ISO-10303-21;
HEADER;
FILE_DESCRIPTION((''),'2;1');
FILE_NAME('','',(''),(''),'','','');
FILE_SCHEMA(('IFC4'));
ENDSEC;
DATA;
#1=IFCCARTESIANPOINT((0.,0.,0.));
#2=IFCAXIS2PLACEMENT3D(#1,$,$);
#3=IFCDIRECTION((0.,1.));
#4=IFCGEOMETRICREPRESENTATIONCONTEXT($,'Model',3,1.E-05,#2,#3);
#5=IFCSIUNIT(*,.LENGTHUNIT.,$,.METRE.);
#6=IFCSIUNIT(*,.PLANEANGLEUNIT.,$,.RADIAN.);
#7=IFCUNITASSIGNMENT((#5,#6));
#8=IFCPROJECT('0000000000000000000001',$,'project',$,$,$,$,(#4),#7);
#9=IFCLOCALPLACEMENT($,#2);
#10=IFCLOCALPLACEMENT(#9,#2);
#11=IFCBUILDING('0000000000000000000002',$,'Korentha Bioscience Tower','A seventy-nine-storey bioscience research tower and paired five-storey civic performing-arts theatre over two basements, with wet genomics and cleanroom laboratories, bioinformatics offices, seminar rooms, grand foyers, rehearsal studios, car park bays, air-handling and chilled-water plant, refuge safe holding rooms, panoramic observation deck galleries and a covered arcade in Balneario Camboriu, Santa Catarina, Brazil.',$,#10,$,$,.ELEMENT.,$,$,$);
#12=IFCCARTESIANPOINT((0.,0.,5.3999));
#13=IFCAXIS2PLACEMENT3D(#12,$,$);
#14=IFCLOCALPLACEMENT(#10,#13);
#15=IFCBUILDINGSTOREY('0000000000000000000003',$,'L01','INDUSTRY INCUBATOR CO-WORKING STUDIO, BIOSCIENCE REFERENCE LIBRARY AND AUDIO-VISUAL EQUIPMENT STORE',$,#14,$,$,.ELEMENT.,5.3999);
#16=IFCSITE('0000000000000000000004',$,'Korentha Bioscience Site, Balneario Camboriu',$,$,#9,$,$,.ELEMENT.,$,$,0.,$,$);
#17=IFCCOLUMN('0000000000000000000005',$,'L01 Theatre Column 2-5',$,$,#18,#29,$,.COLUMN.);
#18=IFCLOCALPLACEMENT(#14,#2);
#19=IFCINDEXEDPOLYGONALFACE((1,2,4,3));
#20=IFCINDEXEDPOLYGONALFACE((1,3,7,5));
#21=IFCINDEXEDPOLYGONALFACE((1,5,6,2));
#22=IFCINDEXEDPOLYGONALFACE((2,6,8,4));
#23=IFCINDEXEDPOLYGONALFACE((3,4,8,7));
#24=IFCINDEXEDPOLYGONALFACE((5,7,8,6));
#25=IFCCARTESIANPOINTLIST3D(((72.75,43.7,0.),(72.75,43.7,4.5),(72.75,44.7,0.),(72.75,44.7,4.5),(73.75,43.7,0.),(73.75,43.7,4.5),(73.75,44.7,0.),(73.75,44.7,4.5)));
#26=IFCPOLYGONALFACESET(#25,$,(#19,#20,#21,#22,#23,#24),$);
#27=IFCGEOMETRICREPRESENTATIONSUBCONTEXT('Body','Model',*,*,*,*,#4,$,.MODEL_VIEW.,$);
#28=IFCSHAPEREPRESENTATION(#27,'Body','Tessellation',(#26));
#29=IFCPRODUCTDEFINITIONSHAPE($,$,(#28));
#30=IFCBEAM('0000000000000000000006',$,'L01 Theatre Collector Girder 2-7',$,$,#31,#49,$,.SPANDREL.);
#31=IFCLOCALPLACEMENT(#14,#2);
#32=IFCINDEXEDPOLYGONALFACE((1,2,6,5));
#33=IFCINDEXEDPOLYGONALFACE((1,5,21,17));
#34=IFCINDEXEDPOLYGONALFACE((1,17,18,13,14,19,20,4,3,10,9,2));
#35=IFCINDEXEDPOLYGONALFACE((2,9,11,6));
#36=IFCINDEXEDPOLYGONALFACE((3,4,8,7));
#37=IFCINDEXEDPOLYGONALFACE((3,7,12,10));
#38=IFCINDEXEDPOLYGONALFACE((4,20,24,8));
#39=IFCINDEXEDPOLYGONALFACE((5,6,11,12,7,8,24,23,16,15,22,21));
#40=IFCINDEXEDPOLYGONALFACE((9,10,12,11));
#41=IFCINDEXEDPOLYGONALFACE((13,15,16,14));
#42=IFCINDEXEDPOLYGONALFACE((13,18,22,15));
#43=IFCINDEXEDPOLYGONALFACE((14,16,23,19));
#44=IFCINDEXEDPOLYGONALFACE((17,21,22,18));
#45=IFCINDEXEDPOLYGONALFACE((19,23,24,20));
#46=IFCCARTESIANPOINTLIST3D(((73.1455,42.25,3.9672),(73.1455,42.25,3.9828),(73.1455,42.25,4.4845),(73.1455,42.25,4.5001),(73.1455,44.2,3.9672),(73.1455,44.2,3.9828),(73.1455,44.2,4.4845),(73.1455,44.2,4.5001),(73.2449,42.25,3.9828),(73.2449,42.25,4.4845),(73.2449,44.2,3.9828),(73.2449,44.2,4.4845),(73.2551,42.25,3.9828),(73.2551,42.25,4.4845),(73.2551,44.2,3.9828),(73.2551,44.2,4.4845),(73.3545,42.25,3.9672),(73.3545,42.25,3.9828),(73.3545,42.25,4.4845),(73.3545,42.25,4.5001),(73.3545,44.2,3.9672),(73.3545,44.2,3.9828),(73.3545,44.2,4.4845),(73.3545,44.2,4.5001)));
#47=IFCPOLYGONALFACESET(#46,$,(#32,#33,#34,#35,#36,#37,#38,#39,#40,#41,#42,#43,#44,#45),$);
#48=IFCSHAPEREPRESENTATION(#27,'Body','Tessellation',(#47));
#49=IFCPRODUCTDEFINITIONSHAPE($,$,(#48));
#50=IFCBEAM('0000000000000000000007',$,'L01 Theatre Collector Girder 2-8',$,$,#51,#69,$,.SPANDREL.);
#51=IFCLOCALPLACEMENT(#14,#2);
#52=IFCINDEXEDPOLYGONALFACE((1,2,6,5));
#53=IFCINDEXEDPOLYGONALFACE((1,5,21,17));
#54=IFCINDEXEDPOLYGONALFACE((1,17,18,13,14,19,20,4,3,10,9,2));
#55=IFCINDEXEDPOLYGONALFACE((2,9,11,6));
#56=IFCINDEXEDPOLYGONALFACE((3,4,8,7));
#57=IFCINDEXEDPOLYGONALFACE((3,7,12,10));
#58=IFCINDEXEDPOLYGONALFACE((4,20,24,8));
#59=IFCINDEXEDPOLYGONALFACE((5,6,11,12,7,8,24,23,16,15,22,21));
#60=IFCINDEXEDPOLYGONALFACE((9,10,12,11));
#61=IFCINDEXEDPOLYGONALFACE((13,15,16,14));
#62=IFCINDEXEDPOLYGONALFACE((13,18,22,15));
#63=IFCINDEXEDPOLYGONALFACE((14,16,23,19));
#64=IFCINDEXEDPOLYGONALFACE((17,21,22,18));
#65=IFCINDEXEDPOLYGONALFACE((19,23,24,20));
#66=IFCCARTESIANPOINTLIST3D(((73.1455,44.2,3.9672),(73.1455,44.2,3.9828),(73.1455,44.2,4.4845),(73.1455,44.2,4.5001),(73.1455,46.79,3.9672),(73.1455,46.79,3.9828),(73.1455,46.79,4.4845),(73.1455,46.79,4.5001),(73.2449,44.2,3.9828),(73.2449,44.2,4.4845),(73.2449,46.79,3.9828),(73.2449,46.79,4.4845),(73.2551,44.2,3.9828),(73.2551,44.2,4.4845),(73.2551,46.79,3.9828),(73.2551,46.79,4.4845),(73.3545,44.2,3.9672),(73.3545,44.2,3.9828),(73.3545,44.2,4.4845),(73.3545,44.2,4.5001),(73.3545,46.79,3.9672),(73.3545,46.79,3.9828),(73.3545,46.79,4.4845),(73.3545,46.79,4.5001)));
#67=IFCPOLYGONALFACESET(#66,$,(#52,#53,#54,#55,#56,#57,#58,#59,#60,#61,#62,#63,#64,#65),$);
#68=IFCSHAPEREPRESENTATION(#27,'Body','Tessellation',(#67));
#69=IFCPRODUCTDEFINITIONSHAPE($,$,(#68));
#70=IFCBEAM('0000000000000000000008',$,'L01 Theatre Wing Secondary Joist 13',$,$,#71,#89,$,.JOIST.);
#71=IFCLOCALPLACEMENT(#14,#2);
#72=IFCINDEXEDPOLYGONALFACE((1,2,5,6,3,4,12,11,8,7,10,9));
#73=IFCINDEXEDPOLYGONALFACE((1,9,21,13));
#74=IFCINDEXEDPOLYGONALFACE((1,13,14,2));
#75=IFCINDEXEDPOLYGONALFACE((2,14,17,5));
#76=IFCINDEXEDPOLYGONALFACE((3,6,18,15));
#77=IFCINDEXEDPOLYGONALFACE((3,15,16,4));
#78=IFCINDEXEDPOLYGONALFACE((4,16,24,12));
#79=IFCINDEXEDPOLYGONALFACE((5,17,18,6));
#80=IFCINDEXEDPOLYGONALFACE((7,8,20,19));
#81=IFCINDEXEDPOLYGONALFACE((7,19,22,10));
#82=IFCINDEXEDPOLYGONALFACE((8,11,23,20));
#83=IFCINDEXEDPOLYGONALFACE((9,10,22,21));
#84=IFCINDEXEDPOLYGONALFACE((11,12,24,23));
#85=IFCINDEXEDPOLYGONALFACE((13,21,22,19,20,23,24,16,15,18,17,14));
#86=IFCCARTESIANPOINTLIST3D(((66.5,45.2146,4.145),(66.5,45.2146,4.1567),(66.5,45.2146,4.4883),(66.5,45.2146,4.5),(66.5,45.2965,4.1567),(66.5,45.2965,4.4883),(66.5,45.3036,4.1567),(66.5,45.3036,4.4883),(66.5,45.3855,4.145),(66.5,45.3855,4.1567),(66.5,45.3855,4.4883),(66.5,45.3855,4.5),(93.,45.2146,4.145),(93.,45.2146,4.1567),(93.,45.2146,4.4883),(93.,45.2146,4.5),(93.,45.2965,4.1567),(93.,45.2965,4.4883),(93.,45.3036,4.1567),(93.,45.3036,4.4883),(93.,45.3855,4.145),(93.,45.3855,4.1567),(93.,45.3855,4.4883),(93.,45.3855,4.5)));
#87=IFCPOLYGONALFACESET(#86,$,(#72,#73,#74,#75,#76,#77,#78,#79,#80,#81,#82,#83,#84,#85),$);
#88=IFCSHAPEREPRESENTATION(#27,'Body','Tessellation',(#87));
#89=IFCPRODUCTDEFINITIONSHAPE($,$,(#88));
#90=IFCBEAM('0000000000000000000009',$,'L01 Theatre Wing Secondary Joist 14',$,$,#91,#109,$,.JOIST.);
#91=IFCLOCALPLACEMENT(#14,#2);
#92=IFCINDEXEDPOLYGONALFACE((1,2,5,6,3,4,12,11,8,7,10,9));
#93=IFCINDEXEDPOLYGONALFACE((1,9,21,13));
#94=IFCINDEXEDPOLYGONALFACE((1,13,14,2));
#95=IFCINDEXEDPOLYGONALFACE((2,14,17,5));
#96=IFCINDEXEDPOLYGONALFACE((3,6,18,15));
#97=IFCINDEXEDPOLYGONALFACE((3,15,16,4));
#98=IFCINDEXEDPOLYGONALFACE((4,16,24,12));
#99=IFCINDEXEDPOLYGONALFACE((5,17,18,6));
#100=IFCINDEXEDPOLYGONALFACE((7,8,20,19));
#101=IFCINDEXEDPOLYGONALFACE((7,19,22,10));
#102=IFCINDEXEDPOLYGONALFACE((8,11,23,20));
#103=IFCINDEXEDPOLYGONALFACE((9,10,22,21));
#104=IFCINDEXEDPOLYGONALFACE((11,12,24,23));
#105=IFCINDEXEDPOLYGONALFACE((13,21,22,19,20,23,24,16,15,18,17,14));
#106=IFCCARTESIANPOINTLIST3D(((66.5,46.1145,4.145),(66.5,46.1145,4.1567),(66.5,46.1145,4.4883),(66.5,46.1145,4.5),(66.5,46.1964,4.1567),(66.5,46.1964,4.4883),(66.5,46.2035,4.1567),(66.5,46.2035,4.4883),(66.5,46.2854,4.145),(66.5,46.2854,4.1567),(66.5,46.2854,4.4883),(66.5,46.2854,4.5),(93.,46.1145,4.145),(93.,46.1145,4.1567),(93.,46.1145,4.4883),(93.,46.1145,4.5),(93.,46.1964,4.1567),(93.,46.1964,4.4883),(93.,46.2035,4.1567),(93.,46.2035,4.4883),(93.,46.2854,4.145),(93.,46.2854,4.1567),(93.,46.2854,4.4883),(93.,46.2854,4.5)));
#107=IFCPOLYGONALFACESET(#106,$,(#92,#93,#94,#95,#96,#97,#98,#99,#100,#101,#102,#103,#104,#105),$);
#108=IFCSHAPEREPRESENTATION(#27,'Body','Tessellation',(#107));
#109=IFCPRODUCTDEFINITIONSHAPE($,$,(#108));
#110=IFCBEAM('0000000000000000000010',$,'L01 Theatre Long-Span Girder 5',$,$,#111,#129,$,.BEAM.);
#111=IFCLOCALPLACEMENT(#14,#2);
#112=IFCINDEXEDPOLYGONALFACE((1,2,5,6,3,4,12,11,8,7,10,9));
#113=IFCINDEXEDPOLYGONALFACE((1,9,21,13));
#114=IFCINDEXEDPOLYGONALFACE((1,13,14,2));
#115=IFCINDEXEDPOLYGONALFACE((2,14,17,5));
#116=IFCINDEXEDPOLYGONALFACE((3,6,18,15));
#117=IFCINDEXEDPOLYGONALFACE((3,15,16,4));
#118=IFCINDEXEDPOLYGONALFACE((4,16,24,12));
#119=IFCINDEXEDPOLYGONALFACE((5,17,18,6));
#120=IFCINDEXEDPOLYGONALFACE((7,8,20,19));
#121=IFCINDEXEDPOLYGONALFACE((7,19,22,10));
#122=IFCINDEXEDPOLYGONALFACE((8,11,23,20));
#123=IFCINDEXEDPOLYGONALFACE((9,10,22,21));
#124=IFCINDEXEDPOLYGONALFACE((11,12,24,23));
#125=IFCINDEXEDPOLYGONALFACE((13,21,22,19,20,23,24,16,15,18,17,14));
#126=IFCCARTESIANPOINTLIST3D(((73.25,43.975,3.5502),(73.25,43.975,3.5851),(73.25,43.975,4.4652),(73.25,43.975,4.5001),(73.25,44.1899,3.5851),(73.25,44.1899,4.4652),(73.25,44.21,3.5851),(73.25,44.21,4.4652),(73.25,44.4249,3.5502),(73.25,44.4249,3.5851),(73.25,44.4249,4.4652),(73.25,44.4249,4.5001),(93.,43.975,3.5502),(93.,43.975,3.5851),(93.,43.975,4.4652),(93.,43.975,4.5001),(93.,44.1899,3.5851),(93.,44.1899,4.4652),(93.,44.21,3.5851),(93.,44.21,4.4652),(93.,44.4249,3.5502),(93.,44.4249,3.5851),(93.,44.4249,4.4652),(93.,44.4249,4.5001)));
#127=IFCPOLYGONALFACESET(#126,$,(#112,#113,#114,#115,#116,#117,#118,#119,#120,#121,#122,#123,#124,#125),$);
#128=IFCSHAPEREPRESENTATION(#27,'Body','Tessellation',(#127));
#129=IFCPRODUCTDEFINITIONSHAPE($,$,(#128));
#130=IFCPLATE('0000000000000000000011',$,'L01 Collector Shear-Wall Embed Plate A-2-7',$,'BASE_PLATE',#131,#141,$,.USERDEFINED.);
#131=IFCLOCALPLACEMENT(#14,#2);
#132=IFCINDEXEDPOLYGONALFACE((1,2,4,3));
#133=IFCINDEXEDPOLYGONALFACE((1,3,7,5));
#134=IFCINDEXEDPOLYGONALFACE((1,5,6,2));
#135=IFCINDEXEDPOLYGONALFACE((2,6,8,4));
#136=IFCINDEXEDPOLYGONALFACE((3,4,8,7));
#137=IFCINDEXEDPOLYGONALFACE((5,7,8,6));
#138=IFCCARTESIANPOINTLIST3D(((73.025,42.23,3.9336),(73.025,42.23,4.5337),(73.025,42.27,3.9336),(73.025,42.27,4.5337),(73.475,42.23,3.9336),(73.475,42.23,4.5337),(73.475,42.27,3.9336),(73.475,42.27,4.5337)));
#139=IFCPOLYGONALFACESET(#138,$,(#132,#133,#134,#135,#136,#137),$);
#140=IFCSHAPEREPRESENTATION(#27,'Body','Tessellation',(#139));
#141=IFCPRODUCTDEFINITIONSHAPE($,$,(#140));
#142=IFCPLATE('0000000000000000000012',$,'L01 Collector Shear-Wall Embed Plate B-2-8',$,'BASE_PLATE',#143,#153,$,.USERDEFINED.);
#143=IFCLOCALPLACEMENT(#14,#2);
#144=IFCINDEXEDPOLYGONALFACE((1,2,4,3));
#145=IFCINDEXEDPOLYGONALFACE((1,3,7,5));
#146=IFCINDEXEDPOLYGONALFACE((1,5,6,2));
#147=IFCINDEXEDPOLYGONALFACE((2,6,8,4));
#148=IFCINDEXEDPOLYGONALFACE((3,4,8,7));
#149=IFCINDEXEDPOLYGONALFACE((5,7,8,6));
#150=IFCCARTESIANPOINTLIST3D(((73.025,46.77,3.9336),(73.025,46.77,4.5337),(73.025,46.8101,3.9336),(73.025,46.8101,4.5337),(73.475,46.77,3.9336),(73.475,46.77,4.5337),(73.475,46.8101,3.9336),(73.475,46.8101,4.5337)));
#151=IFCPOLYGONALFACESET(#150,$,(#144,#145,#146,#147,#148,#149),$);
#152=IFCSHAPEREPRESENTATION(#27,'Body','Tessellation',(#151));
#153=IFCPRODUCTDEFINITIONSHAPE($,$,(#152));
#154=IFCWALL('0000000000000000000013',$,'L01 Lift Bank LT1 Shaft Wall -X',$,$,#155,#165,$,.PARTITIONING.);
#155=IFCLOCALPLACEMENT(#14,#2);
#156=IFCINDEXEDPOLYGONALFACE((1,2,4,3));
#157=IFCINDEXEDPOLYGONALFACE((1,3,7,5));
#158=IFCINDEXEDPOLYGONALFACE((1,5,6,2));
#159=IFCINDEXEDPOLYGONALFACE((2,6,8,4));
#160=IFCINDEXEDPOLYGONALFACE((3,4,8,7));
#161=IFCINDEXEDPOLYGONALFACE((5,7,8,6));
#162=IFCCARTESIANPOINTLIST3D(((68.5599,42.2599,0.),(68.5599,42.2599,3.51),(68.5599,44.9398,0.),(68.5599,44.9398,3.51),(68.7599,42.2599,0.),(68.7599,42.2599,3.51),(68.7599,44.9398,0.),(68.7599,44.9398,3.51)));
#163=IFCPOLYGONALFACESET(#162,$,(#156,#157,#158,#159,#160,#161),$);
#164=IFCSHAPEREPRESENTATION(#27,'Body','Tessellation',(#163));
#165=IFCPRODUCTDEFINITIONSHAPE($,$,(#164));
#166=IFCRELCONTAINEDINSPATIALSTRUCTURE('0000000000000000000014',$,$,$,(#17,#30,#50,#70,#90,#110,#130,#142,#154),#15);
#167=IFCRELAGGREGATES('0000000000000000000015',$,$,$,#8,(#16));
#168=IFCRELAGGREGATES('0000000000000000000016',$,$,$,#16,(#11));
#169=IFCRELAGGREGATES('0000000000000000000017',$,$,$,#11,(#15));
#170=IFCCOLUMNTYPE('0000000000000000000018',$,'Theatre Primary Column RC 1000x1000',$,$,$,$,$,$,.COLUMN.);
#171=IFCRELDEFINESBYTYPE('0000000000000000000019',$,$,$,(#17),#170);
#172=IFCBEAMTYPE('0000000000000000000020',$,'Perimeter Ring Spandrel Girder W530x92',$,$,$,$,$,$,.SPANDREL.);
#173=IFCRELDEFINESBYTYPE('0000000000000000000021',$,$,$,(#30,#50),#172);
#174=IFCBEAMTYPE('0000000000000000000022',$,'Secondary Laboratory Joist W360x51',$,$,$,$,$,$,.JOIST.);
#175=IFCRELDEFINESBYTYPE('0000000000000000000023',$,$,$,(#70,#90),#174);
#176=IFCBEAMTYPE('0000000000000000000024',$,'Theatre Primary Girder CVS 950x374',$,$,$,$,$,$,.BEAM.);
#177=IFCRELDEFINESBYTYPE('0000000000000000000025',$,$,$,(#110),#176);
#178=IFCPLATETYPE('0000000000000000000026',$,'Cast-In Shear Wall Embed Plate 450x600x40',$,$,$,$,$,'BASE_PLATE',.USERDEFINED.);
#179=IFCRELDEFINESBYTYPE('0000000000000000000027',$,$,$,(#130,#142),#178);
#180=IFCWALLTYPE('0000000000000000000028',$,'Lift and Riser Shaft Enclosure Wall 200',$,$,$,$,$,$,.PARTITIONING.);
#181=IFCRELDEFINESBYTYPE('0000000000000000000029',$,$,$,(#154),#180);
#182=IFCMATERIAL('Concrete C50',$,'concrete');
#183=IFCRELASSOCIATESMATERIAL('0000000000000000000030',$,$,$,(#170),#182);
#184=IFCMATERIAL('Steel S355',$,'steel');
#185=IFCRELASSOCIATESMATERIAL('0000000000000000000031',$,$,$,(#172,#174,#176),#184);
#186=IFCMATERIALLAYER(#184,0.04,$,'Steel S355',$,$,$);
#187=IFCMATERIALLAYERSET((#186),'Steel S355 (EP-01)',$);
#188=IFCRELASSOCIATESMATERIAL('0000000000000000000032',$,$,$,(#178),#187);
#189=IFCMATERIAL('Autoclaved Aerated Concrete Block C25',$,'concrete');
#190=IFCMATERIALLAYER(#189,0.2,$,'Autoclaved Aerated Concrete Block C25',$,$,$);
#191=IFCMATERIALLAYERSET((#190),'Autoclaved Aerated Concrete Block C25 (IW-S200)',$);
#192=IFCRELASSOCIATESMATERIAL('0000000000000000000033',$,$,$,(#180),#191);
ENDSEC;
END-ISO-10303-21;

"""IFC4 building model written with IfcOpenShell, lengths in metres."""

from ifc_helpers import new_model, si_unit, direction, frame, frame_2d, origin, origin_2d, place, context, subcontext, project, spatial, rectangle, i_section, extrude, material, layer, layer_set, material_profile, profile_set, type_object, element, save


model = new_model("IFC4")

# Units and contexts
model_context = context("Model", 3, precision=1e-05, world=origin(), true_north=direction((0.0, 1.0)))
body_context = subcontext(model_context, "Body", "Model", "MODEL_VIEW")
ifc_project = project(units=[si_unit("LENGTHUNIT", "METRE"), si_unit("PLANEANGLEUNIT", "RADIAN")], contexts=[model_context])

# Site, building, storey
site_placement = place(None, origin())
site = spatial("IfcSite", under=ifc_project, at=site_placement, Name="Korentha Bioscience Site, Balneario Camboriu", CompositionType="ELEMENT", RefElevation=0.0)
building_placement = place(site_placement, origin())
building = spatial("IfcBuilding", under=site, at=building_placement, Name="Korentha Bioscience Tower", Description="A seventy-nine-storey bioscience research tower and paired five-storey civic performing-arts theatre over two basements, with wet genomics and cleanroom laboratories, bioinformatics offices, seminar rooms, grand foyers, rehearsal studios, car park bays, air-handling and chilled-water plant, refuge safe holding rooms, panoramic observation deck galleries and a covered arcade in Balneario Camboriu, Santa Catarina, Brazil.", CompositionType="ELEMENT")
storey_placement = place(building_placement, frame((0.0, 0.0, 5.3999)))
storey = spatial("IfcBuildingStorey", under=building, at=storey_placement, Name="L01", Description="INDUSTRY INCUBATOR CO-WORKING STUDIO, BIOSCIENCE REFERENCE LIBRARY AND AUDIO-VISUAL EQUIPMENT STORE", CompositionType="ELEMENT", Elevation=5.3999)

# Column
ifc_material_1 = material(Name="Concrete C50", Category="concrete")
ifc_material_profile_1 = material_profile(ifc_material_1, rectangle(XDim=1.0, YDim=1.0, at=origin_2d()), Name="Concrete C50")
ifc_profile_set_1 = profile_set([ifc_material_profile_1], Name="Concrete C50 (TC-01)")
column_type = type_object("IfcColumnType", Name="Theatre Primary Column RC 1000x1000", PredefinedType="COLUMN", material=ifc_profile_set_1)
column_placement = place(storey_placement, frame((73.25, 44.2, 0.0), z_axis=(0.0, 0.0, 1.0), x_axis=(1.0, 0.0, 0.0)))
element("IfcColumn", 1, at=column_placement, inside=storey, type_object=column_type, Name="L01 Theatre Column 2-5", PredefinedType="COLUMN", context=body_context, shape_type="SweptSolid", body=[
    extrude(rectangle(XDim=1.0, YDim=1.0, at=origin_2d()), origin(), (0.0, 0.0, 1.0), 4.5),
])

# Beams
ifc_material_2 = material(Name="Steel S355", Category="steel")
ifc_material_profile_2 = material_profile(ifc_material_2, i_section(OverallWidth=0.209, OverallDepth=0.533, WebThickness=0.0103, FlangeThickness=0.0156, at=origin_2d()), Name="Steel S355")
ifc_profile_set_2 = profile_set([ifc_material_profile_2], Name="Steel S355 (SB-530)")
beam_type_1 = type_object("IfcBeamType", Name="Perimeter Ring Spandrel Girder W530x92", PredefinedType="SPANDREL", material=ifc_profile_set_2)
beam_1_placement = place(storey_placement, frame((73.25, 42.25, 4.2336), z_axis=(0.0, 1.0, 0.0), x_axis=(-1.0, 0.0, 0.0)))
element("IfcBeam", 2, at=beam_1_placement, inside=storey, type_object=beam_type_1, Name="L01 Theatre Collector Girder 2-7", PredefinedType="SPANDREL", context=body_context, shape_type="SweptSolid", body=[
    extrude(i_section(OverallWidth=0.209, OverallDepth=0.533, WebThickness=0.0103, FlangeThickness=0.0156, at=origin_2d()), origin(), (0.0, 0.0, 1.0), 1.95),
])
beam_2_placement = place(storey_placement, frame((73.25, 44.2, 4.2336), z_axis=(0.0, 1.0, 0.0), x_axis=(-1.0, 0.0, 0.0)))
element("IfcBeam", 3, at=beam_2_placement, inside=storey, type_object=beam_type_1, Name="L01 Theatre Collector Girder 2-8", PredefinedType="SPANDREL", context=body_context, shape_type="SweptSolid", body=[
    extrude(i_section(OverallWidth=0.209, OverallDepth=0.533, WebThickness=0.0103, FlangeThickness=0.0156, at=origin_2d()), origin(), (0.0, 0.0, 1.0), 2.5901),
])
ifc_material_profile_3 = material_profile(ifc_material_2, i_section(OverallWidth=0.1709, OverallDepth=0.355, WebThickness=0.0071, FlangeThickness=0.0117, at=origin_2d()), Name="Steel S355")
ifc_profile_set_3 = profile_set([ifc_material_profile_3], Name="Steel S355 (JB-360)")
beam_type_2 = type_object("IfcBeamType", Name="Secondary Laboratory Joist W360x51", PredefinedType="JOIST", material=ifc_profile_set_3)
for number, where, z_axis, x_axis, name in (
    (4, (66.5, 45.3, 4.3225), (1.0, 0.0, 0.0), (0.0, 1.0, 0.0), "L01 Theatre Wing Secondary Joist 13"),
    (5, (66.5, 46.2, 4.3225), (1.0, 0.0, 0.0), (0.0, 1.0, 0.0), "L01 Theatre Wing Secondary Joist 14"),
):
    element("IfcBeam", number, at=place(storey_placement, frame(where, z_axis=z_axis, x_axis=x_axis)), inside=storey, type_object=beam_type_2, Name=name, PredefinedType="JOIST", context=body_context, shape_type="SweptSolid", body=[
        extrude(i_section(OverallWidth=0.1709, OverallDepth=0.355, WebThickness=0.0071, FlangeThickness=0.0117, at=origin_2d()), origin(), (0.0, 0.0, 1.0), 26.5),
    ])
ifc_material_profile_4 = material_profile(ifc_material_2, i_section(OverallWidth=0.45, OverallDepth=0.95, WebThickness=0.02, FlangeThickness=0.0349, at=origin_2d()), Name="Steel S355")
ifc_profile_set_4 = profile_set([ifc_material_profile_4], Name="Steel S355 (TB-950)")
beam_type_3 = type_object("IfcBeamType", Name="Theatre Primary Girder CVS 950x374", PredefinedType="BEAM", material=ifc_profile_set_4)
beam_3_placement = place(storey_placement, frame((73.25, 44.2, 4.0251), z_axis=(1.0, 0.0, 0.0), x_axis=(0.0, 1.0, 0.0)))
element("IfcBeam", 6, at=beam_3_placement, inside=storey, type_object=beam_type_3, Name="L01 Theatre Long-Span Girder 5", PredefinedType="BEAM", context=body_context, shape_type="SweptSolid", body=[
    extrude(i_section(OverallWidth=0.45, OverallDepth=0.95, WebThickness=0.02, FlangeThickness=0.0349, at=origin_2d()), origin(), (0.0, 0.0, 1.0), 19.75),
])

# Plates
ifc_layer_1 = layer(ifc_material_2, 0.04, Name="Steel S355")
ifc_layer_set_1 = layer_set([ifc_layer_1], Name="Steel S355 (EP-01)")
plate_type = type_object("IfcPlateType", Name="Cast-In Shear Wall Embed Plate 450x600x40", ElementType="BASE_PLATE", PredefinedType="USERDEFINED", material=ifc_layer_set_1)
for number, where, z_axis, x_axis, name in (
    (7, (73.25, 42.25, 3.9336), (0.0, 0.0, 1.0), (1.0, 0.0, 0.0), "L01 Collector Shear-Wall Embed Plate A-2-7"),
    (8, (73.25, 46.79, 3.9336), (0.0, 0.0, 1.0), (1.0, 0.0, 0.0), "L01 Collector Shear-Wall Embed Plate B-2-8"),
):
    element("IfcPlate", number, at=place(storey_placement, frame(where, z_axis=z_axis, x_axis=x_axis)), inside=storey, type_object=plate_type, Name=name, ObjectType="BASE_PLATE", PredefinedType="USERDEFINED", context=body_context, shape_type="SweptSolid", body=[
        extrude(rectangle(XDim=0.45, YDim=0.04, at=origin_2d()), origin(), (0.0, 0.0, 1.0), 0.6001),
    ])

# Wall
ifc_material_3 = material(Name="Autoclaved Aerated Concrete Block C25", Category="concrete")
ifc_layer_2 = layer(ifc_material_3, 0.2, Name="Autoclaved Aerated Concrete Block C25")
ifc_layer_set_2 = layer_set([ifc_layer_2], Name="Autoclaved Aerated Concrete Block C25 (IW-S200)")
wall_type_1 = type_object("IfcWallType", Name="Lift and Riser Shaft Enclosure Wall 200", PredefinedType="PARTITIONING", material=ifc_layer_set_2)
wall_1_placement = place(storey_placement, frame((68.6599, 42.26, 0.0), z_axis=(0.0, 0.0, 1.0), x_axis=(0.0, 1.0, 0.0)))
element("IfcWall", 9, at=wall_1_placement, inside=storey, type_object=wall_type_1, Name="L01 Lift Bank LT1 Shaft Wall -X", PredefinedType="PARTITIONING", context=body_context, shape_type="SweptSolid", body=[
    extrude(rectangle(XDim=2.6799, YDim=0.2, at=frame_2d((1.3398, 0.0))), origin(), (0.0, 0.0, 1.0), 3.51),
])

save(model, "model.ifc")
